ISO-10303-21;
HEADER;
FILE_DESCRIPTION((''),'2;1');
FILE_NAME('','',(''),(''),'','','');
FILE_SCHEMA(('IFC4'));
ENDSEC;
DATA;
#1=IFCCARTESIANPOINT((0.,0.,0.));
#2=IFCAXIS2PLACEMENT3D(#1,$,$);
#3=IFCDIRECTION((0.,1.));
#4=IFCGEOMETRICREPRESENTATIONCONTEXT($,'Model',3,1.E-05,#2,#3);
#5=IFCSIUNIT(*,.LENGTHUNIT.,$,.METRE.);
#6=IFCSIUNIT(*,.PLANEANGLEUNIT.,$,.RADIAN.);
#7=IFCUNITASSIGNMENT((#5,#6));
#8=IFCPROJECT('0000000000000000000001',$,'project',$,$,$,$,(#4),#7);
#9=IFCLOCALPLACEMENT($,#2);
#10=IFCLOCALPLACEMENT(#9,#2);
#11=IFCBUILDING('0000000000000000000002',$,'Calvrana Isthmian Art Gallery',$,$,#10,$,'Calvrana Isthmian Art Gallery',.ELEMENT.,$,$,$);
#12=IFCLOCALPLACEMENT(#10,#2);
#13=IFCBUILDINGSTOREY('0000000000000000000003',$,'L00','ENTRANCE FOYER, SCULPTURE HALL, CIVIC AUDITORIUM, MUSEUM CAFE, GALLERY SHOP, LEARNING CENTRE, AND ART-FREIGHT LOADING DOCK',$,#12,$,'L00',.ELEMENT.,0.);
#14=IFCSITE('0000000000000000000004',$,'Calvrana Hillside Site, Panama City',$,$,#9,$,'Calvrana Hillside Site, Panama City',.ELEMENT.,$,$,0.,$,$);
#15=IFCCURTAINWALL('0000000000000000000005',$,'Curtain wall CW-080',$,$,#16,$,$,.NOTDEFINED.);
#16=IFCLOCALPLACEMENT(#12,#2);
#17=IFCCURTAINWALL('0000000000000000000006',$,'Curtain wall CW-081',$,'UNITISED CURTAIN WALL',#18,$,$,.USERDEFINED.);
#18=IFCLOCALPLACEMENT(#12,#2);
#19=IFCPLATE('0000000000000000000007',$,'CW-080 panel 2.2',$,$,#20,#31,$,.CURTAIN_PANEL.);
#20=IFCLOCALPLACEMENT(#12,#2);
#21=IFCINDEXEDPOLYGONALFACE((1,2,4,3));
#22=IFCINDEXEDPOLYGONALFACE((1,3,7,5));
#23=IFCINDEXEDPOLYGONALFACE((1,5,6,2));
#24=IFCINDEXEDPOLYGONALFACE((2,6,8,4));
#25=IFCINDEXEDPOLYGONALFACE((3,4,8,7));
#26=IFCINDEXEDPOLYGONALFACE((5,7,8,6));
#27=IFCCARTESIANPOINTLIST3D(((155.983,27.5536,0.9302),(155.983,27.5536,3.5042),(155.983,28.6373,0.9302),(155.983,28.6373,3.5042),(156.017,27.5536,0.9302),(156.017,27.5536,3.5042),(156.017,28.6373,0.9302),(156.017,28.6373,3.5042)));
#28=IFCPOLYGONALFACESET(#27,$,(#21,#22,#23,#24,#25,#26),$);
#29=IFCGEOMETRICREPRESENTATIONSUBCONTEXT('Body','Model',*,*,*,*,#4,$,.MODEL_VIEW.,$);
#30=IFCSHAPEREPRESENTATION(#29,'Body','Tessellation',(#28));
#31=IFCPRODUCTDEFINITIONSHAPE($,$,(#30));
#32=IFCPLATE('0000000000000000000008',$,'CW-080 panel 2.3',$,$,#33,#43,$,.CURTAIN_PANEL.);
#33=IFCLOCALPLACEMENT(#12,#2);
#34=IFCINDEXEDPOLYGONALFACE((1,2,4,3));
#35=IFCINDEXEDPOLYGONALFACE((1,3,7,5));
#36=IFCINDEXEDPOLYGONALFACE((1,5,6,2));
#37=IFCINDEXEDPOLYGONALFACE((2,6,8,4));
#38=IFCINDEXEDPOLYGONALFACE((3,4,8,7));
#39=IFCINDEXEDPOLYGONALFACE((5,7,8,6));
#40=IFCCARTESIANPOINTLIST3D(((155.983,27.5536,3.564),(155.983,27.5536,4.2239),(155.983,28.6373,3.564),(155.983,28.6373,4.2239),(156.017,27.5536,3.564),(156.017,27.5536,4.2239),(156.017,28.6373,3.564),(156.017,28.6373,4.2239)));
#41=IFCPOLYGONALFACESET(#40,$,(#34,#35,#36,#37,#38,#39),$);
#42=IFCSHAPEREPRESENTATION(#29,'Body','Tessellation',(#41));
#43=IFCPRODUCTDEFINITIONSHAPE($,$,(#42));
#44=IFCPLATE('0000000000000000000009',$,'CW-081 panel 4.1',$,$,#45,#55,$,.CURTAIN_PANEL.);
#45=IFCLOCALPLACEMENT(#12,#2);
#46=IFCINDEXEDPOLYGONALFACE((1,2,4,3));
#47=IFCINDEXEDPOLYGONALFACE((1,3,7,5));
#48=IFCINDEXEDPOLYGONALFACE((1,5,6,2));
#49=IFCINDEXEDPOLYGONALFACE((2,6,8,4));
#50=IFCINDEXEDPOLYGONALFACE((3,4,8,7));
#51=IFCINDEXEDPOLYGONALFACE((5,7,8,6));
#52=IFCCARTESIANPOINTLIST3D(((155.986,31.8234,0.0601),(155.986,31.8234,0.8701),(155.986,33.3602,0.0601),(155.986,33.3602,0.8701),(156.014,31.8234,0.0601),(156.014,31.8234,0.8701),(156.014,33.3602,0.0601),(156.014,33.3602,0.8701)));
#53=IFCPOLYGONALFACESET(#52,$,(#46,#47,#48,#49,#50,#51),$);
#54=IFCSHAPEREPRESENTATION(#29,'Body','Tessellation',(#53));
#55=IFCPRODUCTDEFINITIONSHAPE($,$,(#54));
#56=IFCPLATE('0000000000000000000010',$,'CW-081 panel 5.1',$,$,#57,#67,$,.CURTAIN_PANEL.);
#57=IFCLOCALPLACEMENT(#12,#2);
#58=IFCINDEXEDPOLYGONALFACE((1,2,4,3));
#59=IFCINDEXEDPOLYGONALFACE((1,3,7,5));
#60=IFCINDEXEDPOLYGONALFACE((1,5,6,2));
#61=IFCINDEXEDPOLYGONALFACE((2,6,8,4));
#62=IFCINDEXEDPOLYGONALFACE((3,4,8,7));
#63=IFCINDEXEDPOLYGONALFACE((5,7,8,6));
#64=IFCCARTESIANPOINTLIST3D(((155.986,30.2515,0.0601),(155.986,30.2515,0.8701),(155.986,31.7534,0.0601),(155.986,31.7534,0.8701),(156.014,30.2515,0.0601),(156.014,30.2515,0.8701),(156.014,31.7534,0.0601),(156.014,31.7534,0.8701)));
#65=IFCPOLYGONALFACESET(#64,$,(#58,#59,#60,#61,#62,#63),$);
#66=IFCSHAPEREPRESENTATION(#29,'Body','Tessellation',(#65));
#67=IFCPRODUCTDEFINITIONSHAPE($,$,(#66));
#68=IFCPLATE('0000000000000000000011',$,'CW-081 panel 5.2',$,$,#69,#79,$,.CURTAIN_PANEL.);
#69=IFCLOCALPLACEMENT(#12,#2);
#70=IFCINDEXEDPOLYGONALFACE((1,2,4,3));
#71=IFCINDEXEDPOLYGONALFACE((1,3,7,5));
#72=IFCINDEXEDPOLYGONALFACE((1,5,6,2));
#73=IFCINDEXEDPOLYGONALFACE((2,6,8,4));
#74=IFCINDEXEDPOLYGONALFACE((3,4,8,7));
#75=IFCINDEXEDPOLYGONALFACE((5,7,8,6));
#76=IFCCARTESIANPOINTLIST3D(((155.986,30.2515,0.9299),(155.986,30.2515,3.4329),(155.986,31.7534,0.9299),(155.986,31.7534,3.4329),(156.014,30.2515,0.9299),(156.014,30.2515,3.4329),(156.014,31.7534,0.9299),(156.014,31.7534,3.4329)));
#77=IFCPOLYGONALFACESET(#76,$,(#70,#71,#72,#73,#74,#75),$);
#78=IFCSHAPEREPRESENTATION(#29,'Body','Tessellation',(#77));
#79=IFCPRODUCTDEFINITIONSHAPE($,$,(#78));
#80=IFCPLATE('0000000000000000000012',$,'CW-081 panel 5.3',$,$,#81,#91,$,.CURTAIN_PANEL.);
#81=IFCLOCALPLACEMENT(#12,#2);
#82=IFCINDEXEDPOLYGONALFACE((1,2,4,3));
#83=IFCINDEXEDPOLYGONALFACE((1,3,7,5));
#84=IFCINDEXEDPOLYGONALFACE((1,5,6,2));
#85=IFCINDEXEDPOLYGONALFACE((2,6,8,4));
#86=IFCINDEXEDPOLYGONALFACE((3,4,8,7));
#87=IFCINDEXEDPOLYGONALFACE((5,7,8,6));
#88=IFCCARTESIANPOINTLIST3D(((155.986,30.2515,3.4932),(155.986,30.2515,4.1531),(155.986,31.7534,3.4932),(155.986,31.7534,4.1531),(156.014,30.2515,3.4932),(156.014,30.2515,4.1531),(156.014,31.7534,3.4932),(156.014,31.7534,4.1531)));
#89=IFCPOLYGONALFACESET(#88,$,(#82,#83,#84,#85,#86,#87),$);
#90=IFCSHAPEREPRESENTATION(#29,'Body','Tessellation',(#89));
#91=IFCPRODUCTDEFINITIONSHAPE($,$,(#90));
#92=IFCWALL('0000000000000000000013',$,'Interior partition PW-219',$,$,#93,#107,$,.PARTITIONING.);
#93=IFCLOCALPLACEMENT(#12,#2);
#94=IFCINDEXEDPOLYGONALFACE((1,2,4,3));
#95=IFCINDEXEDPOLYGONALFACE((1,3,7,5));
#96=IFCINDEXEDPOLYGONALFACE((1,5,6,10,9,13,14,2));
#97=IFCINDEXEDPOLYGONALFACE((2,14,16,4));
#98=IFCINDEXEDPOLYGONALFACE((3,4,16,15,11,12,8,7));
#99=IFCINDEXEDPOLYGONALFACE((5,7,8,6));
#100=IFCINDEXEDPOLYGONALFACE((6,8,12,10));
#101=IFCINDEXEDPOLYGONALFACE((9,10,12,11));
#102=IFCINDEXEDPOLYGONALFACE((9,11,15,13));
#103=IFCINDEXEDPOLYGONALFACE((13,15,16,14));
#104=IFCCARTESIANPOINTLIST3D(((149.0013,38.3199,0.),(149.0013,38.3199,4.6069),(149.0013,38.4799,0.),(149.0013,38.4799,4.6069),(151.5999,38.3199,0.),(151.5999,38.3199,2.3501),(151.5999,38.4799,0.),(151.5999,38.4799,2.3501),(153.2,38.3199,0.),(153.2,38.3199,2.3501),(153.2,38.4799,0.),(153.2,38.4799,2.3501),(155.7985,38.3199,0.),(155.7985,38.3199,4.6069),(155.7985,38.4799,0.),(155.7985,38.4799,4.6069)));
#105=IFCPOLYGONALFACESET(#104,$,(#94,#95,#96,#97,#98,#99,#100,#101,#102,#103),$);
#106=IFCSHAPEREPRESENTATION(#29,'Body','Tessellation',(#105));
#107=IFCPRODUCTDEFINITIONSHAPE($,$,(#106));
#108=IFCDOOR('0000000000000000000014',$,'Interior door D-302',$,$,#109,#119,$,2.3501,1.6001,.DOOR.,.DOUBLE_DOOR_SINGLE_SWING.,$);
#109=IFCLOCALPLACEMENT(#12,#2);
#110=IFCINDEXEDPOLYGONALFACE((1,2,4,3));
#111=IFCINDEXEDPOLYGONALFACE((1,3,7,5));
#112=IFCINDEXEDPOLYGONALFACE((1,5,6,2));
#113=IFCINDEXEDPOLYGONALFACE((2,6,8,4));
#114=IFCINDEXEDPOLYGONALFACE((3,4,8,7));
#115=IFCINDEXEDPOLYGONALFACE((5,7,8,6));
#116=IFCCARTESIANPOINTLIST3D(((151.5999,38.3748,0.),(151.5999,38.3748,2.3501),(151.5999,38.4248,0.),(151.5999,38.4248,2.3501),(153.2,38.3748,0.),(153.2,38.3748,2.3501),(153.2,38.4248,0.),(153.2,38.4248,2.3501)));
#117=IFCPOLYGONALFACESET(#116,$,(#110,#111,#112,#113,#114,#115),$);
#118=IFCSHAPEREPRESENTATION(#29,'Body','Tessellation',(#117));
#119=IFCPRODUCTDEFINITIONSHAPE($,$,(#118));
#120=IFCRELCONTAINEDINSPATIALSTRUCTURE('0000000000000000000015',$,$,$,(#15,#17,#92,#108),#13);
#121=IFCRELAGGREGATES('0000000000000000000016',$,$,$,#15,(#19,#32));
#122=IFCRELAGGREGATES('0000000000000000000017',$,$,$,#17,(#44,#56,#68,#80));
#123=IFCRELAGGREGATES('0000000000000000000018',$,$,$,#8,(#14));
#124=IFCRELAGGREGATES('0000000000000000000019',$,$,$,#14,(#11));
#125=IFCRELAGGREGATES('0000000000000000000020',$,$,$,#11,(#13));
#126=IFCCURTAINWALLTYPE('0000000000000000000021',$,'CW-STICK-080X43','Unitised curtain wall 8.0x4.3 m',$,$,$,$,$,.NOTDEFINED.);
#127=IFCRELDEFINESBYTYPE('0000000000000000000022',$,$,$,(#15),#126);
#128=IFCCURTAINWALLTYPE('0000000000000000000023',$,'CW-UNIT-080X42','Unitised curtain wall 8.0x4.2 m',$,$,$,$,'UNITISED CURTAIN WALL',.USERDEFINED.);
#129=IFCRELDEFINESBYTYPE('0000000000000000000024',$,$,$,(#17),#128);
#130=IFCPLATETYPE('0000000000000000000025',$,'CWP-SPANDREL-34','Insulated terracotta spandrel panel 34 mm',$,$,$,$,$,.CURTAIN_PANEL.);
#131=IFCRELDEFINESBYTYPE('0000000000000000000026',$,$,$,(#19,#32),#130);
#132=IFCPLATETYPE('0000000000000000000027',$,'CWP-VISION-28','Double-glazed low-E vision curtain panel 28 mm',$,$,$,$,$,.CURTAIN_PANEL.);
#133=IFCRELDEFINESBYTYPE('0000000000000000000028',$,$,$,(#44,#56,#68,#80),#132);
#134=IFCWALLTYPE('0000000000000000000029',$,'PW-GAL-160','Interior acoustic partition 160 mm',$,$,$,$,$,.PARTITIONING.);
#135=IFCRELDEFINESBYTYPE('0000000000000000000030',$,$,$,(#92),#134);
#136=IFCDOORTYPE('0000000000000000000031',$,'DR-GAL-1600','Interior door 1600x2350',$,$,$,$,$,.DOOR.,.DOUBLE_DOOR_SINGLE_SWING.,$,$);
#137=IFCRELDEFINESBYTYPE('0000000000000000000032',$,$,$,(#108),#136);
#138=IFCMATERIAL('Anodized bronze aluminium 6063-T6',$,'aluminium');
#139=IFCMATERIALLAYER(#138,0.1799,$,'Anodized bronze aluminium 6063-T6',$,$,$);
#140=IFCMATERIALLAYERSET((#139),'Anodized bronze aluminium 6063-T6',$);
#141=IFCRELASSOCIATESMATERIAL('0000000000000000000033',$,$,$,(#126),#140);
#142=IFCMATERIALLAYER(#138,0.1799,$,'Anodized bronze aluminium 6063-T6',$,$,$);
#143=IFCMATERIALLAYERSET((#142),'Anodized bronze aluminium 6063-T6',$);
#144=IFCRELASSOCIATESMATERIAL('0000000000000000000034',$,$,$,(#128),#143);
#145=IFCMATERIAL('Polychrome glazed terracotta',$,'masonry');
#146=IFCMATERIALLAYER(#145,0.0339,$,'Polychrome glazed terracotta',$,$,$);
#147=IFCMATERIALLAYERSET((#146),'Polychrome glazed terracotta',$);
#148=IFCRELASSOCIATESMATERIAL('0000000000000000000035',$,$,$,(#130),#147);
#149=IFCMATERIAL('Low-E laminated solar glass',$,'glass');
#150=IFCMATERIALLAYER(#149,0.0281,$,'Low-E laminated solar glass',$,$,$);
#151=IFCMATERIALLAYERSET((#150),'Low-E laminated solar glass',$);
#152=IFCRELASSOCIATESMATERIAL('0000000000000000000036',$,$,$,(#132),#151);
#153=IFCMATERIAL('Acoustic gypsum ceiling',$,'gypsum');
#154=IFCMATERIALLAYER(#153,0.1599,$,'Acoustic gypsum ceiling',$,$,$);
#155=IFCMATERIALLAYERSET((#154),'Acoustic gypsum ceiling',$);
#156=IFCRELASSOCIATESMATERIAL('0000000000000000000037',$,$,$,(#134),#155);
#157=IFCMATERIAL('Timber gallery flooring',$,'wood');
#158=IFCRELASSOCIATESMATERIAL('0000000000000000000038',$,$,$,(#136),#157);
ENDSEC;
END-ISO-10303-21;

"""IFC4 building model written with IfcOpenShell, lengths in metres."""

from ifc_helpers import new_model, si_unit, direction, frame, frame_2d, origin, origin_2d, place, context, subcontext, project, spatial, rectangle, extrude, material, layer, layer_set, type_object, element, fill, aggregate, save


model = new_model("IFC4")

# Units and contexts
model_context = context("Model", 3, precision=1e-05, world=origin(), true_north=direction((0.0, 1.0)))
body_context = subcontext(model_context, "Body", "Model", "MODEL_VIEW")
ifc_project = project(units=[si_unit("LENGTHUNIT", "METRE"), si_unit("PLANEANGLEUNIT", "RADIAN")], contexts=[model_context])

# Site, building, storey
site_placement = place(None, origin())
site = spatial("IfcSite", under=ifc_project, at=site_placement, Name="Calvrana Hillside Site, Panama City", LongName="Calvrana Hillside Site, Panama City", CompositionType="ELEMENT", RefElevation=0.0)
building_placement = place(site_placement, origin())
building = spatial("IfcBuilding", under=site, at=building_placement, Name="Calvrana Isthmian Art Gallery", LongName="Calvrana Isthmian Art Gallery", CompositionType="ELEMENT")
storey_placement = place(building_placement, origin())
storey = spatial("IfcBuildingStorey", under=building, at=storey_placement, Name="L00", Description="ENTRANCE FOYER, SCULPTURE HALL, CIVIC AUDITORIUM, MUSEUM CAFE, GALLERY SHOP, LEARNING CENTRE, AND ART-FREIGHT LOADING DOCK", LongName="L00", CompositionType="ELEMENT", Elevation=0.0)

# Curtain walls
ifc_material_1 = material(Name="Anodized bronze aluminium 6063-T6", Category="aluminium")
ifc_layer_1 = layer(ifc_material_1, 0.1799, Name="Anodized bronze aluminium 6063-T6")
ifc_layer_set_1 = layer_set([ifc_layer_1], Name="Anodized bronze aluminium 6063-T6")
curtain_wall_type_1 = type_object("IfcCurtainWallType", Name="CW-STICK-080X43", Description="Unitised curtain wall 8.0x4.3 m", PredefinedType="NOTDEFINED", material=ifc_layer_set_1)
curtain_wall_1_placement = place(storey_placement, origin())
curtain_wall_1 = element("IfcCurtainWall", 1, at=curtain_wall_1_placement, inside=storey, type_object=curtain_wall_type_1, Name="Curtain wall CW-080", PredefinedType="NOTDEFINED")
ifc_layer_2 = layer(ifc_material_1, 0.1799, Name="Anodized bronze aluminium 6063-T6")
ifc_layer_set_2 = layer_set([ifc_layer_2], Name="Anodized bronze aluminium 6063-T6")
curtain_wall_type_2 = type_object("IfcCurtainWallType", Name="CW-UNIT-080X42", Description="Unitised curtain wall 8.0x4.2 m", ElementType="UNITISED CURTAIN WALL", PredefinedType="USERDEFINED", material=ifc_layer_set_2)
curtain_wall_2_placement = place(storey_placement, origin())
curtain_wall_2 = element("IfcCurtainWall", 2, at=curtain_wall_2_placement, inside=storey, type_object=curtain_wall_type_2, Name="Curtain wall CW-081", ObjectType="UNITISED CURTAIN WALL", PredefinedType="USERDEFINED")

# Plates
ifc_material_2 = material(Name="Polychrome glazed terracotta", Category="masonry")
ifc_layer_3 = layer(ifc_material_2, 0.0339, Name="Polychrome glazed terracotta")
ifc_layer_set_3 = layer_set([ifc_layer_3], Name="Polychrome glazed terracotta")
plate_type_1 = type_object("IfcPlateType", Name="CWP-SPANDREL-34", Description="Insulated terracotta spandrel panel 34 mm", PredefinedType="CURTAIN_PANEL", material=ifc_layer_set_3)
plate_1_placement = place(storey_placement, frame((156.0, 28.0955, 0.9302), z_axis=(0.0, 0.0, 1.0), x_axis=(0.0, -1.0, 0.0)))
plate_1 = element("IfcPlate", 3, at=plate_1_placement, type_object=plate_type_1, Name="CW-080 panel 2.2", PredefinedType="CURTAIN_PANEL", context=body_context, shape_type="SweptSolid", body=[
    extrude(rectangle(XDim=1.0837, YDim=0.0339, at=origin_2d()), origin(), (0.0, 0.0, 1.0), 2.574),
])
plate_2_placement = place(storey_placement, frame((156.0, 28.0955, 3.564), z_axis=(0.0, 0.0, 1.0), x_axis=(0.0, -1.0, 0.0)))
plate_2 = element("IfcPlate", 4, at=plate_2_placement, type_object=plate_type_1, Name="CW-080 panel 2.3", PredefinedType="CURTAIN_PANEL", context=body_context, shape_type="SweptSolid", body=[
    extrude(rectangle(XDim=1.0837, YDim=0.0339, at=origin_2d()), origin(), (0.0, 0.0, 1.0), 0.6599),
])
aggregate(curtain_wall_1, [plate_1, plate_2])
ifc_material_3 = material(Name="Low-E laminated solar glass", Category="glass")
ifc_layer_4 = layer(ifc_material_3, 0.0281, Name="Low-E laminated solar glass")
ifc_layer_set_4 = layer_set([ifc_layer_4], Name="Low-E laminated solar glass")
plate_type_2 = type_object("IfcPlateType", Name="CWP-VISION-28", Description="Double-glazed low-E vision curtain panel 28 mm", PredefinedType="CURTAIN_PANEL", material=ifc_layer_set_4)
plate_3_placement = place(storey_placement, frame((156.0, 32.5918, 0.0601), z_axis=(0.0, 0.0, 1.0), x_axis=(0.0, -1.0, 0.0)))
plate_3 = element("IfcPlate", 5, at=plate_3_placement, type_object=plate_type_2, Name="CW-081 panel 4.1", PredefinedType="CURTAIN_PANEL", context=body_context, shape_type="SweptSolid", body=[
    extrude(rectangle(XDim=1.5369, YDim=0.0281, at=origin_2d()), origin(), (0.0, 0.0, 1.0), 0.8101),
])
plate_4_placement = place(storey_placement, frame((156.0, 31.0024, 0.0601), z_axis=(0.0, 0.0, 1.0), x_axis=(0.0, -1.0, 0.0)))
plate_4 = element("IfcPlate", 6, at=plate_4_placement, type_object=plate_type_2, Name="CW-081 panel 5.1", PredefinedType="CURTAIN_PANEL", context=body_context, shape_type="SweptSolid", body=[
    extrude(rectangle(XDim=1.502, YDim=0.0281, at=origin_2d()), origin(), (0.0, 0.0, 1.0), 0.8101),
])
plate_5_placement = place(storey_placement, frame((156.0, 31.0024, 0.9299), z_axis=(0.0, 0.0, 1.0), x_axis=(0.0, -1.0, 0.0)))
plate_5 = element("IfcPlate", 7, at=plate_5_placement, type_object=plate_type_2, Name="CW-081 panel 5.2", PredefinedType="CURTAIN_PANEL", context=body_context, shape_type="SweptSolid", body=[
    extrude(rectangle(XDim=1.502, YDim=0.0281, at=origin_2d()), origin(), (0.0, 0.0, 1.0), 2.5029),
])
plate_6_placement = place(storey_placement, frame((156.0, 31.0024, 3.4932), z_axis=(0.0, 0.0, 1.0), x_axis=(0.0, -1.0, 0.0)))
plate_6 = element("IfcPlate", 8, at=plate_6_placement, type_object=plate_type_2, Name="CW-081 panel 5.3", PredefinedType="CURTAIN_PANEL", context=body_context, shape_type="SweptSolid", body=[
    extrude(rectangle(XDim=1.502, YDim=0.0281, at=origin_2d()), origin(), (0.0, 0.0, 1.0), 0.6599),
])
aggregate(curtain_wall_2, [plate_3, plate_4, plate_5, plate_6])

# Wall, opening, door
ifc_material_4 = material(Name="Acoustic gypsum ceiling", Category="gypsum")
ifc_layer_5 = layer(ifc_material_4, 0.1599, Name="Acoustic gypsum ceiling")
ifc_layer_set_5 = layer_set([ifc_layer_5], Name="Acoustic gypsum ceiling")
wall_type = type_object("IfcWallType", Name="PW-GAL-160", Description="Interior acoustic partition 160 mm", PredefinedType="PARTITIONING", material=ifc_layer_set_5)
wall_placement = place(storey_placement, frame((149.0015, 38.3999, 0.0), z_axis=(0.0, 0.0, 1.0), x_axis=(1.0, 0.0, 0.0)))
wall = element("IfcWall", 9, at=wall_placement, inside=storey, type_object=wall_type, Name="Interior partition PW-219", PredefinedType="PARTITIONING", context=body_context, shape_type="SweptSolid", body=[
    extrude(rectangle(XDim=6.7971, YDim=0.1599, at=frame_2d((3.3984, 0.0))), origin(), (0.0, 0.0, 1.0), 4.6069),
])
opening_placement = place(wall_placement, frame((2.5984, 0.0, 0.0)))
opening = element("IfcOpeningElement", 10, at=opening_placement, cuts=wall, PredefinedType="OPENING", context=body_context, shape_type="SweptSolid", body=[
    extrude(rectangle(XDim=1.6001, YDim=2.3501, at=frame_2d((0.8, 1.175))), frame((0.0, 0.0903, 0.0), z_axis=(0.0, -1.0, 0.0), x_axis=(1.0, 0.0, 0.0)), (0.0, 0.0, 1.0), 0.1804),
])
ifc_material_5 = material(Name="Timber gallery flooring", Category="wood")
door_type = type_object("IfcDoorType", Name="DR-GAL-1600", Description="Interior door 1600x2350", OperationType="DOUBLE_DOOR_SINGLE_SWING", PredefinedType="DOOR", material=ifc_material_5)
door_placement = place(opening_placement, origin())
door = element("IfcDoor", 11, at=door_placement, inside=storey, type_object=door_type, Name="Interior door D-302", OperationType="DOUBLE_DOOR_SINGLE_SWING", OverallHeight=2.3501, OverallWidth=1.6001, PredefinedType="DOOR", context=body_context, shape_type="SweptSolid", body=[
    extrude(rectangle(XDim=1.6001, YDim=2.3501, at=frame_2d((0.8, 1.175))), frame((0.0, 0.0249, 0.0), z_axis=(0.0, -1.0, 0.0), x_axis=(1.0, 0.0, 0.0)), (0.0, 0.0, 1.0), 0.05),
])
fill(opening, door)

save(model, "model.ifc")
